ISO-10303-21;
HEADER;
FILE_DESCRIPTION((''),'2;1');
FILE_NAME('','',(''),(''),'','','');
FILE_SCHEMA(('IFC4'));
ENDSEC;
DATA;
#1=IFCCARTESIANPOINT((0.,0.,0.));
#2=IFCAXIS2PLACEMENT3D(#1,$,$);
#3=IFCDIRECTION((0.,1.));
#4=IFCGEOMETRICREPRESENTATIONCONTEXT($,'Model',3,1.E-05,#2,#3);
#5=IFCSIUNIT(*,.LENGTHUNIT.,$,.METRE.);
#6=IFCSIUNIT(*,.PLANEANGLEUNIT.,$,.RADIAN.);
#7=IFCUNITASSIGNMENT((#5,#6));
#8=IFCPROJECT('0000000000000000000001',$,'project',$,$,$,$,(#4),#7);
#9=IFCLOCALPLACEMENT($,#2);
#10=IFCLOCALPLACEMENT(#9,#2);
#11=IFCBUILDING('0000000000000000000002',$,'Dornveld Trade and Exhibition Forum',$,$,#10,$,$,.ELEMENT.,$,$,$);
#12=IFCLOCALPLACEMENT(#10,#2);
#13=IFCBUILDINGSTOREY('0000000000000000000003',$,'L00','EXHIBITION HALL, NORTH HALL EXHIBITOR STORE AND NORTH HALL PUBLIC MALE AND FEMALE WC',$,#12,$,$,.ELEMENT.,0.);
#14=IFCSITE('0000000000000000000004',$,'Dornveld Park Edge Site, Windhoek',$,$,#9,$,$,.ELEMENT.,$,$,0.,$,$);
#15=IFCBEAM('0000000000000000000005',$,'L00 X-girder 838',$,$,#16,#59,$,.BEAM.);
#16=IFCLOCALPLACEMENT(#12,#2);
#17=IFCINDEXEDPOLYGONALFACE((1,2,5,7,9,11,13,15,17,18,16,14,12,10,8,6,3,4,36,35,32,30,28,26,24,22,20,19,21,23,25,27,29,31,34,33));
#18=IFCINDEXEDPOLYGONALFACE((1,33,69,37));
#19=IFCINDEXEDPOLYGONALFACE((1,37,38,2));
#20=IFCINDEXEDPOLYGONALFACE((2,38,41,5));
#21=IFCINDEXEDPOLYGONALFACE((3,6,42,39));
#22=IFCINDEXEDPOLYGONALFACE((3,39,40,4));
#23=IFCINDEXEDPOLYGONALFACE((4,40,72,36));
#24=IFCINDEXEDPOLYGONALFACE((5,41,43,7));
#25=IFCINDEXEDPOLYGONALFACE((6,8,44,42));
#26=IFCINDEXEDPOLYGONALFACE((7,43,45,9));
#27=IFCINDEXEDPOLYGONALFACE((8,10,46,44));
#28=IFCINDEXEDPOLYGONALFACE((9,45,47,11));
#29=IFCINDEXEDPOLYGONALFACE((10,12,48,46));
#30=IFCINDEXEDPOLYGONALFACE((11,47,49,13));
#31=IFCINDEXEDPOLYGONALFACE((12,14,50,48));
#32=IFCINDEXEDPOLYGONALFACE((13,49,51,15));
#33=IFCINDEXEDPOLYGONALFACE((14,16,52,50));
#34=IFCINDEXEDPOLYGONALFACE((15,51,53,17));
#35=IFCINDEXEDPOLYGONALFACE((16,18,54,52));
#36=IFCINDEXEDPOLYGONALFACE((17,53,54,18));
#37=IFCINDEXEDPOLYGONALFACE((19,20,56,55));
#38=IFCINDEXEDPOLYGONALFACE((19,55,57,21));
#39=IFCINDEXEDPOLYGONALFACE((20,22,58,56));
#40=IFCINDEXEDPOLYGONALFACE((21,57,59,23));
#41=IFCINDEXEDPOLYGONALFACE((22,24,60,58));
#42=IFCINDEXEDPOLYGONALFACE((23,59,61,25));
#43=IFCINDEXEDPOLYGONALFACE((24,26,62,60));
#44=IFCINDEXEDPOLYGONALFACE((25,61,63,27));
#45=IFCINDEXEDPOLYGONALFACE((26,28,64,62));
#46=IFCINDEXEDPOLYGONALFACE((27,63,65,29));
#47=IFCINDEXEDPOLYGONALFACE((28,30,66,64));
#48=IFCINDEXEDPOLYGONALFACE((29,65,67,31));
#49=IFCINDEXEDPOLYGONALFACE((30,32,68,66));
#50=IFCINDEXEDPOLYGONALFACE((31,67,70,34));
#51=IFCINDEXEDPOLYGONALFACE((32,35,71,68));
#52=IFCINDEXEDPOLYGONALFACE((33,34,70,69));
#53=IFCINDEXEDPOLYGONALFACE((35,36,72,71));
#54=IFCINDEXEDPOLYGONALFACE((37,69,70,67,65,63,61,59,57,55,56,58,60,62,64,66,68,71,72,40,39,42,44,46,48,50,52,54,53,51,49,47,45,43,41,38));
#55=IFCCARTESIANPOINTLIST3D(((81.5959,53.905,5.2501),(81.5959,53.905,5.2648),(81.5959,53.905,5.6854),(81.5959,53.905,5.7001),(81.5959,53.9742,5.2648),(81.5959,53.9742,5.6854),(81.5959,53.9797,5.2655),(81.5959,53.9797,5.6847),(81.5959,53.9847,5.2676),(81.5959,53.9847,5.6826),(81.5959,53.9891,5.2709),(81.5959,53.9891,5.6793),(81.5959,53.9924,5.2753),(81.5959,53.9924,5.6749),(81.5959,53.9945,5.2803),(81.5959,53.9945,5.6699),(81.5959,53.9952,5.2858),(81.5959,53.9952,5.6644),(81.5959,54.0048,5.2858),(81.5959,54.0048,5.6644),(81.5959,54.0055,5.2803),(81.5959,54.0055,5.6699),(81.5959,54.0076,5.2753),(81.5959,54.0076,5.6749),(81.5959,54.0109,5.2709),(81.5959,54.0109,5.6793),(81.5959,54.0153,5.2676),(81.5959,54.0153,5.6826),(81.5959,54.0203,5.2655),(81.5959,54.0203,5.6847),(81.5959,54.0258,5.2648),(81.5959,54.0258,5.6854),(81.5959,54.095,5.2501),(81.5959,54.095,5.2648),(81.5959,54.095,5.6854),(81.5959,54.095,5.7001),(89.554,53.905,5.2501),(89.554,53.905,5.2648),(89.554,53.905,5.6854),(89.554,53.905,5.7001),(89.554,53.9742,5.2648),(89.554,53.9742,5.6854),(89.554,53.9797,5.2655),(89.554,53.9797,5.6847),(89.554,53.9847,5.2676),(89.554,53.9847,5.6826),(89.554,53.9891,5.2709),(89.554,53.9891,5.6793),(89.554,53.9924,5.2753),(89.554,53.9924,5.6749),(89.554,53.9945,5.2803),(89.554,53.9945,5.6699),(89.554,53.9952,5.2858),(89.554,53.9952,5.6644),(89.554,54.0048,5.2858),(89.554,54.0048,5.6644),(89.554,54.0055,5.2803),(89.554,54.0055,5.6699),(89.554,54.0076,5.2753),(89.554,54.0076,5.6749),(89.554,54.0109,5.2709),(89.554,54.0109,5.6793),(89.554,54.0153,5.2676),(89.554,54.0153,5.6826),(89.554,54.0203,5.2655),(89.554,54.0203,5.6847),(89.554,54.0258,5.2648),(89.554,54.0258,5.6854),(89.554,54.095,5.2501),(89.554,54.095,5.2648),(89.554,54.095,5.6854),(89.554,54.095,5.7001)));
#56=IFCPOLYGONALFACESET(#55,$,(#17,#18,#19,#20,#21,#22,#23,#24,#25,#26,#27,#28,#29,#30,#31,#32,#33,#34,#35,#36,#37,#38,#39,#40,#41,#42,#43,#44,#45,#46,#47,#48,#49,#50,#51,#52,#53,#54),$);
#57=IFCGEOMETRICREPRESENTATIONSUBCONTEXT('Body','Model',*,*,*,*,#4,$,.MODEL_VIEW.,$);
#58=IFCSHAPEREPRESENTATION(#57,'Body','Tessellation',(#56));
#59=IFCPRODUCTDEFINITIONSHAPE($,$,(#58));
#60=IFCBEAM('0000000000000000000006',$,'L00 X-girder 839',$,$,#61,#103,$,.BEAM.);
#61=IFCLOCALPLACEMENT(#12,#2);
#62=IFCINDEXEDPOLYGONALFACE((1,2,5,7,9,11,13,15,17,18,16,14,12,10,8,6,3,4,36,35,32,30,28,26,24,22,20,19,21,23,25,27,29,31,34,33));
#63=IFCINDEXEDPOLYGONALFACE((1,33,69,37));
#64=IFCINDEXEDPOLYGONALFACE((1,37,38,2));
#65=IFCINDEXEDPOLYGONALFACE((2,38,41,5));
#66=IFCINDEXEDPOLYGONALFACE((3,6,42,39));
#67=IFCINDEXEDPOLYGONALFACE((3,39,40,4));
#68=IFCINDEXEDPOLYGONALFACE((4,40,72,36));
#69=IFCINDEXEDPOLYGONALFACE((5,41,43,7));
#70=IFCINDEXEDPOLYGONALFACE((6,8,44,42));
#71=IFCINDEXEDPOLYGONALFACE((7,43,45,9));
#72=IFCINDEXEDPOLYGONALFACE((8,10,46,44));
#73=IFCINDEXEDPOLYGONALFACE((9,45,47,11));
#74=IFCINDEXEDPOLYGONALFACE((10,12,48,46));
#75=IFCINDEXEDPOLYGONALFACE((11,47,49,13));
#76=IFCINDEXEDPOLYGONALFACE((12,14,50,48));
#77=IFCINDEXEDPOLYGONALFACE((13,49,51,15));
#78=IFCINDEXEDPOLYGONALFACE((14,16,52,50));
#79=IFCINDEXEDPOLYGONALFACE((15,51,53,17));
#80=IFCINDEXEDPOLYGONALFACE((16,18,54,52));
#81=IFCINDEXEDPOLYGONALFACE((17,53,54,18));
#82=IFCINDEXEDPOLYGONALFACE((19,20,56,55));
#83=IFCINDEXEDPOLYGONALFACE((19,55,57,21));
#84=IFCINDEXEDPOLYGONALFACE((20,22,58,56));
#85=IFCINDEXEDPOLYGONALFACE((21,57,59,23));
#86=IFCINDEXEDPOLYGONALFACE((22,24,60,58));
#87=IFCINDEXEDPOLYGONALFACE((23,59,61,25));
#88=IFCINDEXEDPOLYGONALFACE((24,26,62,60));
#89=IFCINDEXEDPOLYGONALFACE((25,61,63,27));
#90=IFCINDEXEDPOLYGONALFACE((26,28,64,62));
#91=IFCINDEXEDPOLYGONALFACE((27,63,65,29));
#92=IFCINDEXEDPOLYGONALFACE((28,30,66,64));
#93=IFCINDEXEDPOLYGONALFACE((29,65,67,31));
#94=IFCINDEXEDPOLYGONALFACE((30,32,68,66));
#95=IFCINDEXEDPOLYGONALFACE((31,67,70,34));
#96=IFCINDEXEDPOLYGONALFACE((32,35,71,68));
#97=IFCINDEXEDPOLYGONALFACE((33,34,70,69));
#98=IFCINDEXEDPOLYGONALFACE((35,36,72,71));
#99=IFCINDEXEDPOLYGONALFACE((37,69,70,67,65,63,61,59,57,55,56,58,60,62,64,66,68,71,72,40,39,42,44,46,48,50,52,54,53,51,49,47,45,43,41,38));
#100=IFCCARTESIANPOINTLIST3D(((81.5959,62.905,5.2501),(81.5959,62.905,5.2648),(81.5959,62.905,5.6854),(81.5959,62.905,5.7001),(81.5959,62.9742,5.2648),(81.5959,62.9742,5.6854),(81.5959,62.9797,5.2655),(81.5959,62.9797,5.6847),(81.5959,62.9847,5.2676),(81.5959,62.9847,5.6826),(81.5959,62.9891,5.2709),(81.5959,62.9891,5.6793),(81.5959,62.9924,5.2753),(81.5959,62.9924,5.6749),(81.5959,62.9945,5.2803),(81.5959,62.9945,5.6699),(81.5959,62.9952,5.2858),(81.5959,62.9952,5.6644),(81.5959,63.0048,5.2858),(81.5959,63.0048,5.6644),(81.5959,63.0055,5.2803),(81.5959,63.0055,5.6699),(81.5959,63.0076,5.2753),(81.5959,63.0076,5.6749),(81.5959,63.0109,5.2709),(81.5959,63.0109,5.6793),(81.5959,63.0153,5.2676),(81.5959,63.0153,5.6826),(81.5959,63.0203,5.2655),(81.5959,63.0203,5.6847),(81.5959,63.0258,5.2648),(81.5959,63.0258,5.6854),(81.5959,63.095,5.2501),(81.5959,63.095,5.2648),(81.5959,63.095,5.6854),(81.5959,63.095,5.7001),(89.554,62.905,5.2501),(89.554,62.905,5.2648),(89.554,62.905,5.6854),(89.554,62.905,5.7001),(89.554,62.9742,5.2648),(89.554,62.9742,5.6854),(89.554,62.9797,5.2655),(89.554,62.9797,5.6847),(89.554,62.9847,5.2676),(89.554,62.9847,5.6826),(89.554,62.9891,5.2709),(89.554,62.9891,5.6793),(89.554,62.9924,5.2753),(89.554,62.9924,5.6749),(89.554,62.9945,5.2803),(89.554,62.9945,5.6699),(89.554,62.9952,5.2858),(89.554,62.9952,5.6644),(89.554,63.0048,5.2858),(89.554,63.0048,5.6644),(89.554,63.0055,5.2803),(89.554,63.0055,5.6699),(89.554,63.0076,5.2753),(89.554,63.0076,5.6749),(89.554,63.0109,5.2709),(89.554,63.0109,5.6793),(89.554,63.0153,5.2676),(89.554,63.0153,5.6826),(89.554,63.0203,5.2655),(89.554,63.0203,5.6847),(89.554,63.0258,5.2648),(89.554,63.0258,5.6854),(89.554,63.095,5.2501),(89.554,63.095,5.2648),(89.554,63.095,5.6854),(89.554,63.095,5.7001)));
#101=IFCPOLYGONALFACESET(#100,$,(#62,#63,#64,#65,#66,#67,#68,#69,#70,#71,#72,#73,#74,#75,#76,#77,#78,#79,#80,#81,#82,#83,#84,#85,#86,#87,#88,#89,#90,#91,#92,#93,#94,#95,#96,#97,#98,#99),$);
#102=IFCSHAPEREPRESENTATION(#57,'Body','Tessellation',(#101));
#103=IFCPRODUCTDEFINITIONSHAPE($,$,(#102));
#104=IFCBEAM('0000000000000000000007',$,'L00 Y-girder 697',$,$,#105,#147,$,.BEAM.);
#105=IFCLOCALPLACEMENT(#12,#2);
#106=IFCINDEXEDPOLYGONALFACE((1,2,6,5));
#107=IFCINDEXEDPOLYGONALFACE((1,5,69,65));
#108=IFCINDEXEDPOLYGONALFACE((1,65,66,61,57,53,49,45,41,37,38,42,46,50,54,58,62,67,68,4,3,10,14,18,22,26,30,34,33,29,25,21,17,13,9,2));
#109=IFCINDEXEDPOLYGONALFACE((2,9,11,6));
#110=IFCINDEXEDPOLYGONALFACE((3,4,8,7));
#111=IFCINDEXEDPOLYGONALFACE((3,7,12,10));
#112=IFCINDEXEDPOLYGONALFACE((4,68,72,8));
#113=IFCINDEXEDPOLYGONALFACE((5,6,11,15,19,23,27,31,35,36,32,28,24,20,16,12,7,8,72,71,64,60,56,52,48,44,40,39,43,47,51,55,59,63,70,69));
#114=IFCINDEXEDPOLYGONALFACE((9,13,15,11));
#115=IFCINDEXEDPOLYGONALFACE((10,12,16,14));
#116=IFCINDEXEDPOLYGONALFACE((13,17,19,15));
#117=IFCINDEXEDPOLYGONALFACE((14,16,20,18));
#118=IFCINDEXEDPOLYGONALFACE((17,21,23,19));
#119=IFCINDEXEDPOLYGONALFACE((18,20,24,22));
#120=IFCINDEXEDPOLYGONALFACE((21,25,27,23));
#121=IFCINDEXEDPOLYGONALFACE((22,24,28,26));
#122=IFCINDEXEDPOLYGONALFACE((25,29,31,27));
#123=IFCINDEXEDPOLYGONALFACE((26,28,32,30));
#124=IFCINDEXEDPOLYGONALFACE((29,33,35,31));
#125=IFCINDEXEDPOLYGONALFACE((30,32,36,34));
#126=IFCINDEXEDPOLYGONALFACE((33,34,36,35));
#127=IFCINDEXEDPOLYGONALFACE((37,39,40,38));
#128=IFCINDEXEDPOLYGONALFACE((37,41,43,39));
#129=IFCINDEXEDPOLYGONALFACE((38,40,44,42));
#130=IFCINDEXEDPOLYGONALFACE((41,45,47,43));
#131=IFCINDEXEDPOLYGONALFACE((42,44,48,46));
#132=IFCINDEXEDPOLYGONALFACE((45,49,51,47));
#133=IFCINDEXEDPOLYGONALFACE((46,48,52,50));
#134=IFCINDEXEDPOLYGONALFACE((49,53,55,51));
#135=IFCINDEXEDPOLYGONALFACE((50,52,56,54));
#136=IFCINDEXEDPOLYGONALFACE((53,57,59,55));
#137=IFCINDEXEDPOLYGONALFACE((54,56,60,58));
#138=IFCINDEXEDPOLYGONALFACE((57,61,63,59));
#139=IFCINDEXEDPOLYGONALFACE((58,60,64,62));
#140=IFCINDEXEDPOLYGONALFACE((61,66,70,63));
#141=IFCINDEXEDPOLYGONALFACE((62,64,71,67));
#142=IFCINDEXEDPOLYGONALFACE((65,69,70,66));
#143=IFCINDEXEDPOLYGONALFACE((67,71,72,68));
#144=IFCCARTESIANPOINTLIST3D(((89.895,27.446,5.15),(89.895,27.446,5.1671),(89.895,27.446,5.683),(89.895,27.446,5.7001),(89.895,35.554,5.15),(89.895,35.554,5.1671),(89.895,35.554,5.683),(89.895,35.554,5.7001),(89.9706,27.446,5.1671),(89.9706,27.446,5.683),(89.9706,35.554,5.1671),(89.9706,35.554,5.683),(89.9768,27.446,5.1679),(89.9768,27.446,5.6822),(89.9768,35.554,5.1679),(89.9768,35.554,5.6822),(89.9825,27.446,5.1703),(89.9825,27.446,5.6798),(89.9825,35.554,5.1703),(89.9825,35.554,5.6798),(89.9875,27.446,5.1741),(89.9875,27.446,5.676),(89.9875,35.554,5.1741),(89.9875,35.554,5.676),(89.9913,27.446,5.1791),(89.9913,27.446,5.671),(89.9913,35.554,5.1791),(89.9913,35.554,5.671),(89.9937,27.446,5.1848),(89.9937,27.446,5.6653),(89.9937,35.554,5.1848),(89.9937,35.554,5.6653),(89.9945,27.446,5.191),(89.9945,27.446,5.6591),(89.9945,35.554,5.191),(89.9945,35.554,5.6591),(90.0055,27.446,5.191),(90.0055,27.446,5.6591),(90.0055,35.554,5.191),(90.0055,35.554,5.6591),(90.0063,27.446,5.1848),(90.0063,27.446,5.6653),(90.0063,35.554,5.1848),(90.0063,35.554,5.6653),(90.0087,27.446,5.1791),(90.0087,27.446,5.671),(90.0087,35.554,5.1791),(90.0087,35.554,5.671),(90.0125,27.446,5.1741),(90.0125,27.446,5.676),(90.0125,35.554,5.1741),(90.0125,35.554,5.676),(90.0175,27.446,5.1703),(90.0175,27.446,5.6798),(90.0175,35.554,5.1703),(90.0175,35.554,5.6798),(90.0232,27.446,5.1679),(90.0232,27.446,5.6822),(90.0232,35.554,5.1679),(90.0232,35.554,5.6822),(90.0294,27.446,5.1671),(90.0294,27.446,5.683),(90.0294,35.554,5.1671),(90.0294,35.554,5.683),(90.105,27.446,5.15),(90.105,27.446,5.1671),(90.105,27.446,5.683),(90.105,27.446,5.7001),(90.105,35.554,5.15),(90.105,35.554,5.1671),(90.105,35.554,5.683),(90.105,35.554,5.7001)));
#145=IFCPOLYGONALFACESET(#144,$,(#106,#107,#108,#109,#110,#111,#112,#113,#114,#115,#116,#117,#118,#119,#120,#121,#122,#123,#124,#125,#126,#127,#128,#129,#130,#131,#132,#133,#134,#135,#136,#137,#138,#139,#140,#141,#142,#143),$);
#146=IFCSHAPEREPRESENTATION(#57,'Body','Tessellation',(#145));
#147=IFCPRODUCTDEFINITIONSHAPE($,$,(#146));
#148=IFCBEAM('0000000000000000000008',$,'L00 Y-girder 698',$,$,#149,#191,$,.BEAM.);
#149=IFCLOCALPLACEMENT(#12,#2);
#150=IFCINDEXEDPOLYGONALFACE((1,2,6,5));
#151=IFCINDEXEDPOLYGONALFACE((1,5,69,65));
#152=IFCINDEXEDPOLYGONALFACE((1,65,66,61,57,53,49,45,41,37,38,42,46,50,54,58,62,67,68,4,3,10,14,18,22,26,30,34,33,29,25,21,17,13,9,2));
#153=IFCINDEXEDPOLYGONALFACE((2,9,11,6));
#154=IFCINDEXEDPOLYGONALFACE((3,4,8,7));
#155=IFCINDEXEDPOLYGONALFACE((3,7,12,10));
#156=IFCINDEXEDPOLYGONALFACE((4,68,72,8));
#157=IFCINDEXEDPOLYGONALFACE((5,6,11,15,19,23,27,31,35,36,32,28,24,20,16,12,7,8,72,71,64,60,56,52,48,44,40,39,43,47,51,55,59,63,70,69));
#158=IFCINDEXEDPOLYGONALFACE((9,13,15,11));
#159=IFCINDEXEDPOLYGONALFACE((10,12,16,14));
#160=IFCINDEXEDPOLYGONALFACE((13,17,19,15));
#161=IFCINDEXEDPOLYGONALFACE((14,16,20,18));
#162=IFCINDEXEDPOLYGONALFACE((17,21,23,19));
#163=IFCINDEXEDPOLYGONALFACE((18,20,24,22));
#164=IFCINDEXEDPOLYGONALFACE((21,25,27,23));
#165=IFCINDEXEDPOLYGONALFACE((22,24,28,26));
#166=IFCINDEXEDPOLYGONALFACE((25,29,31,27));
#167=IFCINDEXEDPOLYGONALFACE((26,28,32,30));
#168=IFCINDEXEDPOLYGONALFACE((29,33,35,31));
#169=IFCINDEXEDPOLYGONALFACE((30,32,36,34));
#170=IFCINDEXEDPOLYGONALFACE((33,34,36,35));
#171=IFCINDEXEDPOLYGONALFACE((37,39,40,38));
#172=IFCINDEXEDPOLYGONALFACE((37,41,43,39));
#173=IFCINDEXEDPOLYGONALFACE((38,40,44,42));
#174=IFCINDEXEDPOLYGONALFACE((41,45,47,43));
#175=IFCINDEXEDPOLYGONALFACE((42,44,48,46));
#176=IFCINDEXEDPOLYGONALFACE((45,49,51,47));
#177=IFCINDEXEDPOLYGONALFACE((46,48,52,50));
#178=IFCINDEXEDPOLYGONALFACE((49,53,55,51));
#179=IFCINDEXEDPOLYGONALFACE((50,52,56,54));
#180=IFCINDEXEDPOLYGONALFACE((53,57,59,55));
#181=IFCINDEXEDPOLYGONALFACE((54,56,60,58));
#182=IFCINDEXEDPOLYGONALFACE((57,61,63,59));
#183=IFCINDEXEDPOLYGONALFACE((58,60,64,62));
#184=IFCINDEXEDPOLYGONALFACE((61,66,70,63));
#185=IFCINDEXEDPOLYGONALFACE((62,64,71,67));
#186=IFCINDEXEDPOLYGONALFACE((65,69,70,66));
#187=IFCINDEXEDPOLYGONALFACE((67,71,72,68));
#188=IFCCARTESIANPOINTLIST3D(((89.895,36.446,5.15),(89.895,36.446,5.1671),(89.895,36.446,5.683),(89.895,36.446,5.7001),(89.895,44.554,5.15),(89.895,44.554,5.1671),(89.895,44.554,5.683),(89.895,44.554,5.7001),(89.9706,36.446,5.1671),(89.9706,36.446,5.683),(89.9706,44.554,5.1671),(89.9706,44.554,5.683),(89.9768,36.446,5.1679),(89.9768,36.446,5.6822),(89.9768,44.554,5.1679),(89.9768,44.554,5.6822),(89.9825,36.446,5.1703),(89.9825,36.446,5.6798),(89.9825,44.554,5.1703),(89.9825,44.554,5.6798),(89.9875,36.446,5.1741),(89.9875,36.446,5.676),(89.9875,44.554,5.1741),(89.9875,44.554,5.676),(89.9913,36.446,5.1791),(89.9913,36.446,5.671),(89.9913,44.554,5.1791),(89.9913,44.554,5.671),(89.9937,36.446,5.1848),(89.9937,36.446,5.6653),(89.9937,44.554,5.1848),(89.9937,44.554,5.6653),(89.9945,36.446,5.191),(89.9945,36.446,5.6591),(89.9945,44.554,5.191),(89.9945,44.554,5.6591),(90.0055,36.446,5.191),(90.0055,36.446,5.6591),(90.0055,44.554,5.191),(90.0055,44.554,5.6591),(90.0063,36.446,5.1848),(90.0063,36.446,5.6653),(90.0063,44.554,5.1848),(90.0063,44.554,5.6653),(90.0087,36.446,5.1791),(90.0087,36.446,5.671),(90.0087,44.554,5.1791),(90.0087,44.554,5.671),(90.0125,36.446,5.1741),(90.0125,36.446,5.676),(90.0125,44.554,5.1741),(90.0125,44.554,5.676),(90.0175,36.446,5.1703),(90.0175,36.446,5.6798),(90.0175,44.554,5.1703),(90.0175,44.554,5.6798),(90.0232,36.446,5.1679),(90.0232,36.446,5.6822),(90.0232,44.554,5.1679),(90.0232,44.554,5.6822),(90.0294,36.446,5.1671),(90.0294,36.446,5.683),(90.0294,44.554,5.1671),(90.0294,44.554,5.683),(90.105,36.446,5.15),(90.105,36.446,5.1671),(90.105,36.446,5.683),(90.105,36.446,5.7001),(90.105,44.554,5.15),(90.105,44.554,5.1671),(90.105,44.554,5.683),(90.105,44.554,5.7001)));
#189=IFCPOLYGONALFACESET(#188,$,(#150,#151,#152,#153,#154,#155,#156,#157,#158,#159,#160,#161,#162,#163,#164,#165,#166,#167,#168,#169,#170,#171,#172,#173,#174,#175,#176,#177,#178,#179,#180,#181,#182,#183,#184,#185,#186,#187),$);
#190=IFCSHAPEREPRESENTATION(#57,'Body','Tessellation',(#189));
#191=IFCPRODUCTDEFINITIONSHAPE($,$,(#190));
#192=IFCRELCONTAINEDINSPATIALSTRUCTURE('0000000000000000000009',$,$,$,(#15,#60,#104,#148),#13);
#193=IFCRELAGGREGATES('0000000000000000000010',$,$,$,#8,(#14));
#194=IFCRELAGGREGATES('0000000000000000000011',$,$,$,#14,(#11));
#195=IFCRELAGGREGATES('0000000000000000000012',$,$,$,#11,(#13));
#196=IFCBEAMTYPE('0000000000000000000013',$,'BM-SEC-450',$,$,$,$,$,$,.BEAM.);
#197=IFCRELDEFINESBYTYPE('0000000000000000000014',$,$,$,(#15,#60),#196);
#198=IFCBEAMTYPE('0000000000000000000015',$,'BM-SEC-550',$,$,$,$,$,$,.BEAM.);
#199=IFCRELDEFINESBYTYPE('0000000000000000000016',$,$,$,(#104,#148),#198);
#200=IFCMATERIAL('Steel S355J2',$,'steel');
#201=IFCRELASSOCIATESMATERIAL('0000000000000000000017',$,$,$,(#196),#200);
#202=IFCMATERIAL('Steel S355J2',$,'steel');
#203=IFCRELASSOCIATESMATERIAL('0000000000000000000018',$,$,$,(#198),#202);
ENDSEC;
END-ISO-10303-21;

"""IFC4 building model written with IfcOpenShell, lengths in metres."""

from ifc_helpers import new_model, si_unit, direction, frame, origin, origin_2d, place, context, subcontext, project, spatial, i_section, extrude, material, material_profile, profile_set, type_object, element, save


model = new_model("IFC4")

# Units and contexts
model_context = context("Model", 3, precision=1e-05, world=origin(), true_north=direction((0.0, 1.0)))
body_context = subcontext(model_context, "Body", "Model", "MODEL_VIEW")
ifc_project = project(units=[si_unit("LENGTHUNIT", "METRE"), si_unit("PLANEANGLEUNIT", "RADIAN")], contexts=[model_context])

# Site, building, storey
site_placement = place(None, origin())
site = spatial("IfcSite", under=ifc_project, at=site_placement, Name="Dornveld Park Edge Site, Windhoek", CompositionType="ELEMENT", RefElevation=0.0)
building_placement = place(site_placement, origin())
building = spatial("IfcBuilding", under=site, at=building_placement, Name="Dornveld Trade and Exhibition Forum", CompositionType="ELEMENT")
storey_placement = place(building_placement, origin())
storey = spatial("IfcBuildingStorey", under=building, at=storey_placement, Name="L00", Description="EXHIBITION HALL, NORTH HALL EXHIBITOR STORE AND NORTH HALL PUBLIC MALE AND FEMALE WC", CompositionType="ELEMENT", Elevation=0.0)

# Beams
ifc_material_1 = material(Name="Steel S355J2", Category="steel")
ifc_material_profile_1 = material_profile(ifc_material_1, i_section(OverallWidth=0.1899, OverallDepth=0.45, WebThickness=0.0095, FlangeThickness=0.0146, FilletRadius=0.021, at=origin_2d()), Name="IPE 450")
ifc_profile_set_1 = profile_set([ifc_material_profile_1], Name="Steel S355J2")
beam_type_1 = type_object("IfcBeamType", Name="BM-SEC-450", PredefinedType="BEAM", material=ifc_profile_set_1)
for number, where, z_axis, x_axis, name in (
    (1, (81.5959, 54.0, 5.4751), (1.0, 0.0, 0.0), (0.0, 1.0, 0.0), "L00 X-girder 838"),
    (2, (81.5959, 63.0, 5.4751), (1.0, 0.0, 0.0), (0.0, 1.0, 0.0), "L00 X-girder 839"),
):
    element("IfcBeam", number, at=place(storey_placement, frame(where, z_axis=z_axis, x_axis=x_axis)), inside=storey, type_object=beam_type_1, Name=name, PredefinedType="BEAM", context=body_context, shape_type="SweptSolid", body=[
        extrude(i_section(OverallWidth=0.1899, OverallDepth=0.45, WebThickness=0.0095, FlangeThickness=0.0146, FilletRadius=0.021, at=origin_2d()), origin(), (0.0, 0.0, 1.0), 7.958),
    ])
ifc_material_2 = material(Name="Steel S355J2", Category="steel")
ifc_material_profile_2 = material_profile(ifc_material_2, i_section(OverallWidth=0.21, OverallDepth=0.55, WebThickness=0.011, FlangeThickness=0.0171, FilletRadius=0.0239, at=origin_2d()), Name="IPE 550")
ifc_profile_set_2 = profile_set([ifc_material_profile_2], Name="Steel S355J2")
beam_type_2 = type_object("IfcBeamType", Name="BM-SEC-550", PredefinedType="BEAM", material=ifc_profile_set_2)
for number, where, z_axis, x_axis, name in (
    (3, (90.0, 27.446, 5.425), (0.0, 1.0, 0.0), (-1.0, 0.0, 0.0), "L00 Y-girder 697"),
    (4, (90.0, 36.446, 5.425), (0.0, 1.0, 0.0), (-1.0, 0.0, 0.0), "L00 Y-girder 698"),
):
    element("IfcBeam", number, at=place(storey_placement, frame(where, z_axis=z_axis, x_axis=x_axis)), inside=storey, type_object=beam_type_2, Name=name, PredefinedType="BEAM", context=body_context, shape_type="SweptSolid", body=[
        extrude(i_section(OverallWidth=0.21, OverallDepth=0.55, WebThickness=0.011, FlangeThickness=0.0171, FilletRadius=0.0239, at=origin_2d()), origin(), (0.0, 0.0, 1.0), 8.1079),
    ])

save(model, "model.ifc")
